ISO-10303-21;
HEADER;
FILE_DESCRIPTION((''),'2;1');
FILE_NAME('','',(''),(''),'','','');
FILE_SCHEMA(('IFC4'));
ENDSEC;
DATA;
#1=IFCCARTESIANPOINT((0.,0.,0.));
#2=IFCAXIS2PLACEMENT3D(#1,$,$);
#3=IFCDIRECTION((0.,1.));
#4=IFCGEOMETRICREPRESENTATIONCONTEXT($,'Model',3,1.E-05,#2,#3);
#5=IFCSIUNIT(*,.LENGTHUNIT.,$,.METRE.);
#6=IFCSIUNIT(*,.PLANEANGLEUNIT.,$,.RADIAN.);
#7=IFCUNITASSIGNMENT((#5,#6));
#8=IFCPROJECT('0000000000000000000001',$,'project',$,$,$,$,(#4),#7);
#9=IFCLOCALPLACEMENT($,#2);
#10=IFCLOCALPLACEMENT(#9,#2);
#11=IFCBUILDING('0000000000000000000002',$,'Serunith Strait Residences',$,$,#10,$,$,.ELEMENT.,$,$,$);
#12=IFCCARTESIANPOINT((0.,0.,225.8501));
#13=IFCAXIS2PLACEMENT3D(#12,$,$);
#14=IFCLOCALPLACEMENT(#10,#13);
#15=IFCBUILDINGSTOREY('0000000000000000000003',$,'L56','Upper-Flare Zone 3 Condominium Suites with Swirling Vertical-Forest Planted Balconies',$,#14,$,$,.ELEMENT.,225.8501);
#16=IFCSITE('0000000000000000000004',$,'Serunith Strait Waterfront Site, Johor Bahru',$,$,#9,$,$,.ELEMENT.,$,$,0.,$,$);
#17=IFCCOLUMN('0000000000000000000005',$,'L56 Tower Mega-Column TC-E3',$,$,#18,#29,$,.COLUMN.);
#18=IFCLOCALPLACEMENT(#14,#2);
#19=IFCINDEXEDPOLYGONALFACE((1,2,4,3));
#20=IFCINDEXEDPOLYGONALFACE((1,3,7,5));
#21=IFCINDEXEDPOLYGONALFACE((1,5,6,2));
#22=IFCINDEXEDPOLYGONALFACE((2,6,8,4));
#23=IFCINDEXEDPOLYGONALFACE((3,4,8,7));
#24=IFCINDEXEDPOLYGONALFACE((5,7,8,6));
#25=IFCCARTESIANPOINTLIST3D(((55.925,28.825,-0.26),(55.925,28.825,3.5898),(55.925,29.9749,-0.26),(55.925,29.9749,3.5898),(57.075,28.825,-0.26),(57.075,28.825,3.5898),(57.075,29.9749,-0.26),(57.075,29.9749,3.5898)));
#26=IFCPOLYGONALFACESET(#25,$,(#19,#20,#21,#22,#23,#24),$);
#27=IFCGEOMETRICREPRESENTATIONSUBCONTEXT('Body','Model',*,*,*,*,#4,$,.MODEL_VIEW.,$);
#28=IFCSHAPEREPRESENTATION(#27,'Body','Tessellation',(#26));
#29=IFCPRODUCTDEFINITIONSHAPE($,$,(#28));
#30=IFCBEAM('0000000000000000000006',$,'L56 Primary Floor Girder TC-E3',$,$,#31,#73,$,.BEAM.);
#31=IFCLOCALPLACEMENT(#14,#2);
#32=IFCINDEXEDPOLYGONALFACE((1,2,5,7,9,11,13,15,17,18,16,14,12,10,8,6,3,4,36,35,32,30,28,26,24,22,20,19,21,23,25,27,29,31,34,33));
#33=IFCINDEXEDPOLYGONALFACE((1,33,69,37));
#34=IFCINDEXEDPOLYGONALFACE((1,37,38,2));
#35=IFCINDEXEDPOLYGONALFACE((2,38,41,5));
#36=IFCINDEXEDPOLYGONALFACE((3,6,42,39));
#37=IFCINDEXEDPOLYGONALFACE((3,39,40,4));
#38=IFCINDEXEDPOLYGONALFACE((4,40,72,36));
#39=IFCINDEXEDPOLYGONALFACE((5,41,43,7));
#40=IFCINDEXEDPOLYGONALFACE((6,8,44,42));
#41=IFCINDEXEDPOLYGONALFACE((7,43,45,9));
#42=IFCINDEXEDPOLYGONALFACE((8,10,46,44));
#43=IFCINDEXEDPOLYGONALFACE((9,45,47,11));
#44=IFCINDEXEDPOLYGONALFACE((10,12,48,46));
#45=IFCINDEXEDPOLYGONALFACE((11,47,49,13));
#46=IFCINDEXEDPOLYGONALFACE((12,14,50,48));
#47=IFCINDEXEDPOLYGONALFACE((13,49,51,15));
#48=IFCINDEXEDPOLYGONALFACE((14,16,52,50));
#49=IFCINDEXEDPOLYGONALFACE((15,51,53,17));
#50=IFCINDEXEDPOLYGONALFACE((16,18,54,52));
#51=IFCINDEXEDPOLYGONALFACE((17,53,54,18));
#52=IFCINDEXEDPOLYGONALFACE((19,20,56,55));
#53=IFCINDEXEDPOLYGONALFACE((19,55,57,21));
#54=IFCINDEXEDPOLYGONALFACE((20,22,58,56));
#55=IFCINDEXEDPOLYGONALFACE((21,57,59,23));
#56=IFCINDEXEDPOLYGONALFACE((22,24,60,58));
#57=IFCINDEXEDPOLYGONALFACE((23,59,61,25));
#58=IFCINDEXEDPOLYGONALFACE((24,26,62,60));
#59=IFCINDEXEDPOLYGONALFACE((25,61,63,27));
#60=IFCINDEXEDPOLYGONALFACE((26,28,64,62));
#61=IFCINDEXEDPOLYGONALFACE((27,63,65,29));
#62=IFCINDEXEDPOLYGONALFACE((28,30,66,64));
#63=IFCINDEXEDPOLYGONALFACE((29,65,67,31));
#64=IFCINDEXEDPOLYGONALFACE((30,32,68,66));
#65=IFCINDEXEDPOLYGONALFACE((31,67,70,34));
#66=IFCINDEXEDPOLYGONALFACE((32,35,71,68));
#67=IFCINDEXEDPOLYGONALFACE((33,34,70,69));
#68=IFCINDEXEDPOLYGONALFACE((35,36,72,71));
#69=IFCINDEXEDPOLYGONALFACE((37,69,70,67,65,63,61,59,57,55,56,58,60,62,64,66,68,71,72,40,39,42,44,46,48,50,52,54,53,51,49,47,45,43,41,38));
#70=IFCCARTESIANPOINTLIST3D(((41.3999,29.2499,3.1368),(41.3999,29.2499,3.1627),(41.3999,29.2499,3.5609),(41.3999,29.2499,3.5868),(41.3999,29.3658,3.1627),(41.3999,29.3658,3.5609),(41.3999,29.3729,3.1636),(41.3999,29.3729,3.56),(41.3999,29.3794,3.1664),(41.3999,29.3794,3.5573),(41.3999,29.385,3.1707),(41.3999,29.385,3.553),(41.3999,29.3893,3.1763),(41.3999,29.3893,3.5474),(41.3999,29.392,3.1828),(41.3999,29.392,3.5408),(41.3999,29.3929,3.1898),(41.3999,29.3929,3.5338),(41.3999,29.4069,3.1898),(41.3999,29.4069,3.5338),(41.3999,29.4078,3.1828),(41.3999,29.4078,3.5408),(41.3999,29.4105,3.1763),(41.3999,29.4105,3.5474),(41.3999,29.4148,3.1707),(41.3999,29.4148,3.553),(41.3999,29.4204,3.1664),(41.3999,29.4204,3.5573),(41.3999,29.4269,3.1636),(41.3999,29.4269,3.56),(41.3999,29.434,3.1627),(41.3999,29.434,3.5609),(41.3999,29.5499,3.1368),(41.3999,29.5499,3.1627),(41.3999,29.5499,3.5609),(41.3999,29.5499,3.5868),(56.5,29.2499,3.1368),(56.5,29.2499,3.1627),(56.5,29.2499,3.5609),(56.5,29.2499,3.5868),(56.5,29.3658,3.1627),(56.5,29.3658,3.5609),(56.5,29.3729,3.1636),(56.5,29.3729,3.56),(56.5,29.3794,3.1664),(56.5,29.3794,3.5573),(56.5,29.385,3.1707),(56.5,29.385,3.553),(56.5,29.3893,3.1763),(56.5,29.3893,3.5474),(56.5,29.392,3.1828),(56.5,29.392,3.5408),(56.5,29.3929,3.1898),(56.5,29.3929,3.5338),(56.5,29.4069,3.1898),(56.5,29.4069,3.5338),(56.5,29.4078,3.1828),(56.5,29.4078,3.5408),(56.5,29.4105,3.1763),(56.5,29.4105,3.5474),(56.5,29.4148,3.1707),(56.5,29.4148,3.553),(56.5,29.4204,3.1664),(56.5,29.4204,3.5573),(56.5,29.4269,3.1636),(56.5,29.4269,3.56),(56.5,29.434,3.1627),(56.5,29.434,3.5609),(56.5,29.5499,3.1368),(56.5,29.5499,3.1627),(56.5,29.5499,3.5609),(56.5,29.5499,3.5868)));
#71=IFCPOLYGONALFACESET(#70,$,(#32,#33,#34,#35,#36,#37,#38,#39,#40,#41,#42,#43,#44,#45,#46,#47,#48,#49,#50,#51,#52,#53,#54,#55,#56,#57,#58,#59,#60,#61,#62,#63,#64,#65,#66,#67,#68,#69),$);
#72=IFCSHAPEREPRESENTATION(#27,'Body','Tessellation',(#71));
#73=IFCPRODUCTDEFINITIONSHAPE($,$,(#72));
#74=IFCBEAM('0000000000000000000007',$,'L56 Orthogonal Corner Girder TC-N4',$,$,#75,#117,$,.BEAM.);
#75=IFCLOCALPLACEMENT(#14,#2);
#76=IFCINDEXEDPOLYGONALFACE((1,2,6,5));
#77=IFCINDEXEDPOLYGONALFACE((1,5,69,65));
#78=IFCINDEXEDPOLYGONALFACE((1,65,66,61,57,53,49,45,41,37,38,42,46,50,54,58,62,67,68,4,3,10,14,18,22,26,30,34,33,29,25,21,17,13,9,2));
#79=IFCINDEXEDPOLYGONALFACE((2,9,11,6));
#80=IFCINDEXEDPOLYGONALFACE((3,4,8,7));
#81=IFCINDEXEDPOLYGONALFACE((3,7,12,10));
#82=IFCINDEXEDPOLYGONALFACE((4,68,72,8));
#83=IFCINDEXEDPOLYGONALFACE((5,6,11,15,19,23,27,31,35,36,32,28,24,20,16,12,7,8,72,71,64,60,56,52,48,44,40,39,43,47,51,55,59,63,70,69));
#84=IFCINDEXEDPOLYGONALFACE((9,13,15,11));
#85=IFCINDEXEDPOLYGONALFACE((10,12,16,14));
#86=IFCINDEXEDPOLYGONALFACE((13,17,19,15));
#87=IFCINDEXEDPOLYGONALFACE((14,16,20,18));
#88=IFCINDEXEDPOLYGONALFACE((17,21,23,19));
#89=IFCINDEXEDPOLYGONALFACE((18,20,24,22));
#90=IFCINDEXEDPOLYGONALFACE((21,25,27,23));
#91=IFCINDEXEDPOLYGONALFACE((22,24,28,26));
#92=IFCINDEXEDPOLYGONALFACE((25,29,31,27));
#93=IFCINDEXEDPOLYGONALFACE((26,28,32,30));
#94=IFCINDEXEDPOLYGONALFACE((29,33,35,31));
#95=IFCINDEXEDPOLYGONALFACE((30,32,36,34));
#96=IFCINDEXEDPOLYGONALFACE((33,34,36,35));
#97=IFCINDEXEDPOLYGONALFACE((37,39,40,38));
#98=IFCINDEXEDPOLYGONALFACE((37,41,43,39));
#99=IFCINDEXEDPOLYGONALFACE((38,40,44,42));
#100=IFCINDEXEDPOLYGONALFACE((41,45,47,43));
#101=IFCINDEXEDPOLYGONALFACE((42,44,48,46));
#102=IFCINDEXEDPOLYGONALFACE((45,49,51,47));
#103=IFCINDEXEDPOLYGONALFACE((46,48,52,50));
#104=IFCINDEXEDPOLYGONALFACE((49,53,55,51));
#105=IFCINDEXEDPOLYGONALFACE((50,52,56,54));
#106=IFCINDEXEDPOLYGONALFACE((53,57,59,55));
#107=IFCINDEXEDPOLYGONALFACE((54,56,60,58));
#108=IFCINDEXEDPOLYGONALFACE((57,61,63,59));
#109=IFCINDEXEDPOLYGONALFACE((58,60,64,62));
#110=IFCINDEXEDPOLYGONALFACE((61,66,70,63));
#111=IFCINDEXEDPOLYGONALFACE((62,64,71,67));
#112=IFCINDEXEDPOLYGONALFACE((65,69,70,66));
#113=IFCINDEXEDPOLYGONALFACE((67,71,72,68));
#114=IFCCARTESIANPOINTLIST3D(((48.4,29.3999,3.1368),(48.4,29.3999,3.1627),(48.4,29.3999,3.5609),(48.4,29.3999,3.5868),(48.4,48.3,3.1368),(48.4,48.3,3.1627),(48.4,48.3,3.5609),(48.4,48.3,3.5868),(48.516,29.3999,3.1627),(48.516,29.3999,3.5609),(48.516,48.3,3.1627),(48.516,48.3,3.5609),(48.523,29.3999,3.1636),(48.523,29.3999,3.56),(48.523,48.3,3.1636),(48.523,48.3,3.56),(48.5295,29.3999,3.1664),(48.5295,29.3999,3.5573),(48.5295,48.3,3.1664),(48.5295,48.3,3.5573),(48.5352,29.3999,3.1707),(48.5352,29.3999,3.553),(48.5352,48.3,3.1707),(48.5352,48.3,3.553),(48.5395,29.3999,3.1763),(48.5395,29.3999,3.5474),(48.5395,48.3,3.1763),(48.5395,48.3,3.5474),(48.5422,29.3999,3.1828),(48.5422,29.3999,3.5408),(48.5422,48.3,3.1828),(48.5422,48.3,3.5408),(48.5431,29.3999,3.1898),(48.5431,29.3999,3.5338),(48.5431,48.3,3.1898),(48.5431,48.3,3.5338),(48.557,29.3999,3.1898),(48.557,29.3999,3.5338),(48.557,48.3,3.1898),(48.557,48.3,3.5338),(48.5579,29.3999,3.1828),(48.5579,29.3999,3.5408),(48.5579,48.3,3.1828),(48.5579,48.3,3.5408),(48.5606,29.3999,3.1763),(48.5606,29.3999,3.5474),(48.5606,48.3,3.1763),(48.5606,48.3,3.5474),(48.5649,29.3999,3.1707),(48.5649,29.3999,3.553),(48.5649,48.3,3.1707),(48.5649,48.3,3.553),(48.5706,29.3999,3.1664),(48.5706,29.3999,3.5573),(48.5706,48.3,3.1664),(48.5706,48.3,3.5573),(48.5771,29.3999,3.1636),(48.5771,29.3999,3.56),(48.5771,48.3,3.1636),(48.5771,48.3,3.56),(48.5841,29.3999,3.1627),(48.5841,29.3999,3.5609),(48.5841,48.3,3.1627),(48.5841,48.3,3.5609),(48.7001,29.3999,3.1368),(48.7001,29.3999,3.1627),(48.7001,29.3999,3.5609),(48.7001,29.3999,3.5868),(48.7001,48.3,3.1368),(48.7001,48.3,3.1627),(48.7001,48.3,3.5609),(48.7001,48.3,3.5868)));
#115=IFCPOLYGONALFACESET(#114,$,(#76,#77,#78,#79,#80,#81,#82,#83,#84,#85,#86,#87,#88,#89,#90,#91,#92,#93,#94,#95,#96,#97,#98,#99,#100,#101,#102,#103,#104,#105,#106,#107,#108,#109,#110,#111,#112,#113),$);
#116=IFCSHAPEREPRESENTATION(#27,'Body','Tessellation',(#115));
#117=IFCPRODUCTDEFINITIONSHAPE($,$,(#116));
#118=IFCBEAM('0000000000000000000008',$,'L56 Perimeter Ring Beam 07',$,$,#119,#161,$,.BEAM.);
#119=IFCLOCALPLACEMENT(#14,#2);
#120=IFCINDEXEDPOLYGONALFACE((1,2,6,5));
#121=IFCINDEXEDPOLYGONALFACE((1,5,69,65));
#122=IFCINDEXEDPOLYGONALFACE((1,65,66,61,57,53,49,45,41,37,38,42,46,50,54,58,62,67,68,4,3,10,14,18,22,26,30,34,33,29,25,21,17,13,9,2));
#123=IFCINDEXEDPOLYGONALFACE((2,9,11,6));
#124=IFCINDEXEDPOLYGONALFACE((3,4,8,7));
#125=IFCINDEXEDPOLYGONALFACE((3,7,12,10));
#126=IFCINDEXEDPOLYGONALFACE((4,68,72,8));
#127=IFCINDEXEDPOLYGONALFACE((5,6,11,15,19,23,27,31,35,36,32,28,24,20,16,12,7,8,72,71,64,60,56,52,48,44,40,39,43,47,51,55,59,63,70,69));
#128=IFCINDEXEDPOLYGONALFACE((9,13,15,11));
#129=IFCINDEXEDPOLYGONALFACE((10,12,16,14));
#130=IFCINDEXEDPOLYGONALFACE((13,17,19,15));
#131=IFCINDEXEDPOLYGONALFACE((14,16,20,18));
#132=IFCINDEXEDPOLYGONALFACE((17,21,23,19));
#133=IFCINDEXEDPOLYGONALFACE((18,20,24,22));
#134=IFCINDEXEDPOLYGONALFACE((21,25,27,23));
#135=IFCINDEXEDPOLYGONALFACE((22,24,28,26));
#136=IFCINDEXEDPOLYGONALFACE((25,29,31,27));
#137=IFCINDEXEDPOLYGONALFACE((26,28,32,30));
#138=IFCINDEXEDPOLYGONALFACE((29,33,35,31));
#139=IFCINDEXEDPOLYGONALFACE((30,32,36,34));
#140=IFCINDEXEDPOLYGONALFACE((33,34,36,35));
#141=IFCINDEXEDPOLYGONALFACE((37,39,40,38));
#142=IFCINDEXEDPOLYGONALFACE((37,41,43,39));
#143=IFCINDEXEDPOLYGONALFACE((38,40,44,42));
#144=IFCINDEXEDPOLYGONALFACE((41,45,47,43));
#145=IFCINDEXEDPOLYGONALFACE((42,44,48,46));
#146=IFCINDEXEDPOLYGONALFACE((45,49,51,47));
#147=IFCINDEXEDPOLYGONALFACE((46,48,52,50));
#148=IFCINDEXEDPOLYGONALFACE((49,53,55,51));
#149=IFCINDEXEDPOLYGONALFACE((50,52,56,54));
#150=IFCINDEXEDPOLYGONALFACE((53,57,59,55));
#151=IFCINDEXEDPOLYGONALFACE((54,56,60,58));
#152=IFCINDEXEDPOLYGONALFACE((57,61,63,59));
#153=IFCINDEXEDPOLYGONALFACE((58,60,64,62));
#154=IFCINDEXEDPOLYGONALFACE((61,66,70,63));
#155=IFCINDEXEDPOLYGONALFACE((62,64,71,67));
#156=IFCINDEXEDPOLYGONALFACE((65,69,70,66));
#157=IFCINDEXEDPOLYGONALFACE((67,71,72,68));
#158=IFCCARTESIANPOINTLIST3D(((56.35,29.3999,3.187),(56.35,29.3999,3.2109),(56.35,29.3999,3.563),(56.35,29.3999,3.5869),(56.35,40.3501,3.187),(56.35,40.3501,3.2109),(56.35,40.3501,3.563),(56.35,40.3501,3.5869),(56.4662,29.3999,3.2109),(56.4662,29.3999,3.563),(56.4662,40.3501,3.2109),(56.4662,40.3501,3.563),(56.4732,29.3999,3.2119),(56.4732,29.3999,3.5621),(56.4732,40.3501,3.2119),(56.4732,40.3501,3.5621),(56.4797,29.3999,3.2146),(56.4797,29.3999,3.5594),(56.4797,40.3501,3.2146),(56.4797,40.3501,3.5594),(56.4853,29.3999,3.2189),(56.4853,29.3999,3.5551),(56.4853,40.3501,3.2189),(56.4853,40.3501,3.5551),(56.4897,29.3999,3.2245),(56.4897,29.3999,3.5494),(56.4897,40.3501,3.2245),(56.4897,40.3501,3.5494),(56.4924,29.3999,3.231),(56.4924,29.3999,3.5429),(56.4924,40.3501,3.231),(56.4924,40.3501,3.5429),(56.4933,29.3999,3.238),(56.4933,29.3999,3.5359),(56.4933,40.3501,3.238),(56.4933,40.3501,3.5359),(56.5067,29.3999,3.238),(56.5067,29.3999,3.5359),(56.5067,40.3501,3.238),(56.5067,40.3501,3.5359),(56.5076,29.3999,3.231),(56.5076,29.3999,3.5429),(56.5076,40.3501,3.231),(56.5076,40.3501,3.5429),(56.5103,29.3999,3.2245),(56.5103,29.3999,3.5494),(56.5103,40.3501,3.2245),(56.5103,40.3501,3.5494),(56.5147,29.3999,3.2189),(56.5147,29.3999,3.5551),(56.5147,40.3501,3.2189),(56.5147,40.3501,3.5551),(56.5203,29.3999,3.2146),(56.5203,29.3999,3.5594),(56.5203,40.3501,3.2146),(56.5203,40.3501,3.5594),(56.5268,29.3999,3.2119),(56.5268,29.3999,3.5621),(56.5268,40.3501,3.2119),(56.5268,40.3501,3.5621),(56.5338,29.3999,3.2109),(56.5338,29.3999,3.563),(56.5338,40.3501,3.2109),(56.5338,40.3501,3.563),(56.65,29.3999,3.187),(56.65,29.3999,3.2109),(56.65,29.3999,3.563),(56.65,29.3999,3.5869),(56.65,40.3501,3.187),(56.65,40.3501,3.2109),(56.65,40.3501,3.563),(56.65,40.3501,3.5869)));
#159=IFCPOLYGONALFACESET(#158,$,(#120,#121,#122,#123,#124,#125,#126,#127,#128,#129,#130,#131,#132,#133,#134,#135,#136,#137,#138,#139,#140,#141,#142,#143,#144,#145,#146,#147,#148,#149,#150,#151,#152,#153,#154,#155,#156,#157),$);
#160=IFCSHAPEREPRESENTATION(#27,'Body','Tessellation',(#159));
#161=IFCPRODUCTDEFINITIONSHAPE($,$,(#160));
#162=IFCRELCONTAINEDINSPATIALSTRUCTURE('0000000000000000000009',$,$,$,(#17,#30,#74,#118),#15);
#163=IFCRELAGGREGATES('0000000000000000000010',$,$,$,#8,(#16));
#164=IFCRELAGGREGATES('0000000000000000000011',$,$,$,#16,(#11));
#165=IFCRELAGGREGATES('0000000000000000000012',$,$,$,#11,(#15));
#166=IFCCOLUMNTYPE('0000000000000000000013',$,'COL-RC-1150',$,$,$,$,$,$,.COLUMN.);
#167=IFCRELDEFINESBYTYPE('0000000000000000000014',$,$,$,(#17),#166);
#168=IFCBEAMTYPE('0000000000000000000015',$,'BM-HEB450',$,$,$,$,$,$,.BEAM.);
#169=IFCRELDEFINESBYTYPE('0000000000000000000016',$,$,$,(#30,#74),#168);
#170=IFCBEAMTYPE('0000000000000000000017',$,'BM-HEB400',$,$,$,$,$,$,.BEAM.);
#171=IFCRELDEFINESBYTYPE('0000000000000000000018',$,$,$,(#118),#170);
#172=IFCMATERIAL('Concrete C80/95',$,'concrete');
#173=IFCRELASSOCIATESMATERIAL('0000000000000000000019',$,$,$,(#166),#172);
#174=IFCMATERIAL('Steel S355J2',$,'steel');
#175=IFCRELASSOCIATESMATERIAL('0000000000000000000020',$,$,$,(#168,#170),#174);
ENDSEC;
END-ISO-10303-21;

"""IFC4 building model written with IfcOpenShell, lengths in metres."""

from ifc_helpers import new_model, si_unit, direction, frame, origin, origin_2d, place, context, subcontext, project, spatial, rectangle, i_section, extrude, source, transform, mapped, material, material_profile, profile_set, type_object, element, save


model = new_model("IFC4")

# Units and contexts
model_context = context("Model", 3, precision=1e-05, world=origin(), true_north=direction((0.0, 1.0)))
body_context = subcontext(model_context, "Body", "Model", "MODEL_VIEW")
ifc_project = project(units=[si_unit("LENGTHUNIT", "METRE"), si_unit("PLANEANGLEUNIT", "RADIAN")], contexts=[model_context])

# Site, building, storey
site_placement = place(None, origin())
site = spatial("IfcSite", under=ifc_project, at=site_placement, Name="Serunith Strait Waterfront Site, Johor Bahru", CompositionType="ELEMENT", RefElevation=0.0)
building_placement = place(site_placement, origin())
building = spatial("IfcBuilding", under=site, at=building_placement, Name="Serunith Strait Residences", CompositionType="ELEMENT")
storey_placement = place(building_placement, frame((0.0, 0.0, 225.8501)))
storey = spatial("IfcBuildingStorey", under=building, at=storey_placement, Name="L56", Description="Upper-Flare Zone 3 Condominium Suites with Swirling Vertical-Forest Planted Balconies", CompositionType="ELEMENT", Elevation=225.8501)

# Column
ifc_material_1 = material(Name="Concrete C80/95", Category="concrete")
ifc_material_profile_1 = material_profile(ifc_material_1, rectangle(XDim=1.1499, YDim=1.1499, at=origin_2d()), Name="RC 1150x1150")
ifc_profile_set_1 = profile_set([ifc_material_profile_1], Name="Concrete C80/95")
column_type = type_object("IfcColumnType", Name="COL-RC-1150", PredefinedType="COLUMN", material=ifc_profile_set_1)
shared_shape_1 = source(origin(), body_context, "Body", "SweptSolid", [
    extrude(rectangle(XDim=1.1499, YDim=1.1499, at=origin_2d()), origin(), (0.0, 0.0, 1.0), 3.8499),
])
column_placement = place(storey_placement, frame((56.5, 29.3999, -0.26), z_axis=(0.0, 0.0, 1.0), x_axis=(1.0, 0.0, 0.0)))
element("IfcColumn", 1, at=column_placement, inside=storey, type_object=column_type, Name="L56 Tower Mega-Column TC-E3", PredefinedType="COLUMN", context=body_context, shape_type="MappedRepresentation", body=[
    mapped(shared_shape_1, transform((0.0, 0.0, 0.0), scale=1.0)),
])

# Beams
ifc_material_2 = material(Name="Steel S355J2", Category="steel")
ifc_material_profile_2 = material_profile(ifc_material_2, i_section(OverallWidth=0.3, OverallDepth=0.45, WebThickness=0.0139, FlangeThickness=0.0259, FilletRadius=0.0271, at=origin_2d()), Name="HEB 450")
ifc_profile_set_2 = profile_set([ifc_material_profile_2], Name="Steel S355J2")
beam_type_1 = type_object("IfcBeamType", Name="BM-HEB450", PredefinedType="BEAM", material=ifc_profile_set_2)
shared_shape_2 = source(origin(), body_context, "Body", "SweptSolid", [
    extrude(i_section(OverallWidth=0.3, OverallDepth=0.45, WebThickness=0.0139, FlangeThickness=0.0259, FilletRadius=0.0271, at=origin_2d()), origin(), (0.0, 0.0, 1.0), 15.1001),
])
beam_1_placement = place(storey_placement, frame((41.3999, 29.3999, 3.3618), z_axis=(1.0, 0.0, 0.0), x_axis=(0.0, 1.0, 0.0)))
element("IfcBeam", 2, at=beam_1_placement, inside=storey, type_object=beam_type_1, Name="L56 Primary Floor Girder TC-E3", PredefinedType="BEAM", context=body_context, shape_type="MappedRepresentation", body=[
    mapped(shared_shape_2, transform((0.0, 0.0, 0.0), scale=1.0)),
])
shared_shape_3 = source(origin(), body_context, "Body", "SweptSolid", [
    extrude(i_section(OverallWidth=0.3, OverallDepth=0.45, WebThickness=0.0139, FlangeThickness=0.0259, FilletRadius=0.0271, at=origin_2d()), origin(), (0.0, 0.0, 1.0), 18.9001),
])
beam_2_placement = place(storey_placement, frame((48.55, 29.3999, 3.3618), z_axis=(0.0, 1.0, 0.0), x_axis=(-1.0, 0.0, 0.0)))
element("IfcBeam", 3, at=beam_2_placement, inside=storey, type_object=beam_type_1, Name="L56 Orthogonal Corner Girder TC-N4", PredefinedType="BEAM", context=body_context, shape_type="MappedRepresentation", body=[
    mapped(shared_shape_3, transform((0.0, 0.0, 0.0), scale=1.0)),
])
ifc_material_profile_3 = material_profile(ifc_material_2, i_section(OverallWidth=0.3, OverallDepth=0.3999, WebThickness=0.0134, FlangeThickness=0.0239, FilletRadius=0.0271, at=origin_2d()), Name="HEB 400")
ifc_profile_set_3 = profile_set([ifc_material_profile_3], Name="Steel S355J2")
beam_type_2 = type_object("IfcBeamType", Name="BM-HEB400", PredefinedType="BEAM", material=ifc_profile_set_3)
shared_shape_4 = source(origin(), body_context, "Body", "SweptSolid", [
    extrude(i_section(OverallWidth=0.3, OverallDepth=0.3999, WebThickness=0.0134, FlangeThickness=0.0239, FilletRadius=0.0271, at=origin_2d()), origin(), (0.0, 0.0, 1.0), 10.9502),
])
beam_3_placement = place(storey_placement, frame((56.5, 29.3999, 3.387), z_axis=(0.0, 1.0, 0.0), x_axis=(-1.0, 0.0, 0.0)))
element("IfcBeam", 4, at=beam_3_placement, inside=storey, type_object=beam_type_2, Name="L56 Perimeter Ring Beam 07", PredefinedType="BEAM", context=body_context, shape_type="MappedRepresentation", body=[
    mapped(shared_shape_4, transform((0.0, 0.0, 0.0), scale=1.0)),
])

save(model, "model.ifc")
